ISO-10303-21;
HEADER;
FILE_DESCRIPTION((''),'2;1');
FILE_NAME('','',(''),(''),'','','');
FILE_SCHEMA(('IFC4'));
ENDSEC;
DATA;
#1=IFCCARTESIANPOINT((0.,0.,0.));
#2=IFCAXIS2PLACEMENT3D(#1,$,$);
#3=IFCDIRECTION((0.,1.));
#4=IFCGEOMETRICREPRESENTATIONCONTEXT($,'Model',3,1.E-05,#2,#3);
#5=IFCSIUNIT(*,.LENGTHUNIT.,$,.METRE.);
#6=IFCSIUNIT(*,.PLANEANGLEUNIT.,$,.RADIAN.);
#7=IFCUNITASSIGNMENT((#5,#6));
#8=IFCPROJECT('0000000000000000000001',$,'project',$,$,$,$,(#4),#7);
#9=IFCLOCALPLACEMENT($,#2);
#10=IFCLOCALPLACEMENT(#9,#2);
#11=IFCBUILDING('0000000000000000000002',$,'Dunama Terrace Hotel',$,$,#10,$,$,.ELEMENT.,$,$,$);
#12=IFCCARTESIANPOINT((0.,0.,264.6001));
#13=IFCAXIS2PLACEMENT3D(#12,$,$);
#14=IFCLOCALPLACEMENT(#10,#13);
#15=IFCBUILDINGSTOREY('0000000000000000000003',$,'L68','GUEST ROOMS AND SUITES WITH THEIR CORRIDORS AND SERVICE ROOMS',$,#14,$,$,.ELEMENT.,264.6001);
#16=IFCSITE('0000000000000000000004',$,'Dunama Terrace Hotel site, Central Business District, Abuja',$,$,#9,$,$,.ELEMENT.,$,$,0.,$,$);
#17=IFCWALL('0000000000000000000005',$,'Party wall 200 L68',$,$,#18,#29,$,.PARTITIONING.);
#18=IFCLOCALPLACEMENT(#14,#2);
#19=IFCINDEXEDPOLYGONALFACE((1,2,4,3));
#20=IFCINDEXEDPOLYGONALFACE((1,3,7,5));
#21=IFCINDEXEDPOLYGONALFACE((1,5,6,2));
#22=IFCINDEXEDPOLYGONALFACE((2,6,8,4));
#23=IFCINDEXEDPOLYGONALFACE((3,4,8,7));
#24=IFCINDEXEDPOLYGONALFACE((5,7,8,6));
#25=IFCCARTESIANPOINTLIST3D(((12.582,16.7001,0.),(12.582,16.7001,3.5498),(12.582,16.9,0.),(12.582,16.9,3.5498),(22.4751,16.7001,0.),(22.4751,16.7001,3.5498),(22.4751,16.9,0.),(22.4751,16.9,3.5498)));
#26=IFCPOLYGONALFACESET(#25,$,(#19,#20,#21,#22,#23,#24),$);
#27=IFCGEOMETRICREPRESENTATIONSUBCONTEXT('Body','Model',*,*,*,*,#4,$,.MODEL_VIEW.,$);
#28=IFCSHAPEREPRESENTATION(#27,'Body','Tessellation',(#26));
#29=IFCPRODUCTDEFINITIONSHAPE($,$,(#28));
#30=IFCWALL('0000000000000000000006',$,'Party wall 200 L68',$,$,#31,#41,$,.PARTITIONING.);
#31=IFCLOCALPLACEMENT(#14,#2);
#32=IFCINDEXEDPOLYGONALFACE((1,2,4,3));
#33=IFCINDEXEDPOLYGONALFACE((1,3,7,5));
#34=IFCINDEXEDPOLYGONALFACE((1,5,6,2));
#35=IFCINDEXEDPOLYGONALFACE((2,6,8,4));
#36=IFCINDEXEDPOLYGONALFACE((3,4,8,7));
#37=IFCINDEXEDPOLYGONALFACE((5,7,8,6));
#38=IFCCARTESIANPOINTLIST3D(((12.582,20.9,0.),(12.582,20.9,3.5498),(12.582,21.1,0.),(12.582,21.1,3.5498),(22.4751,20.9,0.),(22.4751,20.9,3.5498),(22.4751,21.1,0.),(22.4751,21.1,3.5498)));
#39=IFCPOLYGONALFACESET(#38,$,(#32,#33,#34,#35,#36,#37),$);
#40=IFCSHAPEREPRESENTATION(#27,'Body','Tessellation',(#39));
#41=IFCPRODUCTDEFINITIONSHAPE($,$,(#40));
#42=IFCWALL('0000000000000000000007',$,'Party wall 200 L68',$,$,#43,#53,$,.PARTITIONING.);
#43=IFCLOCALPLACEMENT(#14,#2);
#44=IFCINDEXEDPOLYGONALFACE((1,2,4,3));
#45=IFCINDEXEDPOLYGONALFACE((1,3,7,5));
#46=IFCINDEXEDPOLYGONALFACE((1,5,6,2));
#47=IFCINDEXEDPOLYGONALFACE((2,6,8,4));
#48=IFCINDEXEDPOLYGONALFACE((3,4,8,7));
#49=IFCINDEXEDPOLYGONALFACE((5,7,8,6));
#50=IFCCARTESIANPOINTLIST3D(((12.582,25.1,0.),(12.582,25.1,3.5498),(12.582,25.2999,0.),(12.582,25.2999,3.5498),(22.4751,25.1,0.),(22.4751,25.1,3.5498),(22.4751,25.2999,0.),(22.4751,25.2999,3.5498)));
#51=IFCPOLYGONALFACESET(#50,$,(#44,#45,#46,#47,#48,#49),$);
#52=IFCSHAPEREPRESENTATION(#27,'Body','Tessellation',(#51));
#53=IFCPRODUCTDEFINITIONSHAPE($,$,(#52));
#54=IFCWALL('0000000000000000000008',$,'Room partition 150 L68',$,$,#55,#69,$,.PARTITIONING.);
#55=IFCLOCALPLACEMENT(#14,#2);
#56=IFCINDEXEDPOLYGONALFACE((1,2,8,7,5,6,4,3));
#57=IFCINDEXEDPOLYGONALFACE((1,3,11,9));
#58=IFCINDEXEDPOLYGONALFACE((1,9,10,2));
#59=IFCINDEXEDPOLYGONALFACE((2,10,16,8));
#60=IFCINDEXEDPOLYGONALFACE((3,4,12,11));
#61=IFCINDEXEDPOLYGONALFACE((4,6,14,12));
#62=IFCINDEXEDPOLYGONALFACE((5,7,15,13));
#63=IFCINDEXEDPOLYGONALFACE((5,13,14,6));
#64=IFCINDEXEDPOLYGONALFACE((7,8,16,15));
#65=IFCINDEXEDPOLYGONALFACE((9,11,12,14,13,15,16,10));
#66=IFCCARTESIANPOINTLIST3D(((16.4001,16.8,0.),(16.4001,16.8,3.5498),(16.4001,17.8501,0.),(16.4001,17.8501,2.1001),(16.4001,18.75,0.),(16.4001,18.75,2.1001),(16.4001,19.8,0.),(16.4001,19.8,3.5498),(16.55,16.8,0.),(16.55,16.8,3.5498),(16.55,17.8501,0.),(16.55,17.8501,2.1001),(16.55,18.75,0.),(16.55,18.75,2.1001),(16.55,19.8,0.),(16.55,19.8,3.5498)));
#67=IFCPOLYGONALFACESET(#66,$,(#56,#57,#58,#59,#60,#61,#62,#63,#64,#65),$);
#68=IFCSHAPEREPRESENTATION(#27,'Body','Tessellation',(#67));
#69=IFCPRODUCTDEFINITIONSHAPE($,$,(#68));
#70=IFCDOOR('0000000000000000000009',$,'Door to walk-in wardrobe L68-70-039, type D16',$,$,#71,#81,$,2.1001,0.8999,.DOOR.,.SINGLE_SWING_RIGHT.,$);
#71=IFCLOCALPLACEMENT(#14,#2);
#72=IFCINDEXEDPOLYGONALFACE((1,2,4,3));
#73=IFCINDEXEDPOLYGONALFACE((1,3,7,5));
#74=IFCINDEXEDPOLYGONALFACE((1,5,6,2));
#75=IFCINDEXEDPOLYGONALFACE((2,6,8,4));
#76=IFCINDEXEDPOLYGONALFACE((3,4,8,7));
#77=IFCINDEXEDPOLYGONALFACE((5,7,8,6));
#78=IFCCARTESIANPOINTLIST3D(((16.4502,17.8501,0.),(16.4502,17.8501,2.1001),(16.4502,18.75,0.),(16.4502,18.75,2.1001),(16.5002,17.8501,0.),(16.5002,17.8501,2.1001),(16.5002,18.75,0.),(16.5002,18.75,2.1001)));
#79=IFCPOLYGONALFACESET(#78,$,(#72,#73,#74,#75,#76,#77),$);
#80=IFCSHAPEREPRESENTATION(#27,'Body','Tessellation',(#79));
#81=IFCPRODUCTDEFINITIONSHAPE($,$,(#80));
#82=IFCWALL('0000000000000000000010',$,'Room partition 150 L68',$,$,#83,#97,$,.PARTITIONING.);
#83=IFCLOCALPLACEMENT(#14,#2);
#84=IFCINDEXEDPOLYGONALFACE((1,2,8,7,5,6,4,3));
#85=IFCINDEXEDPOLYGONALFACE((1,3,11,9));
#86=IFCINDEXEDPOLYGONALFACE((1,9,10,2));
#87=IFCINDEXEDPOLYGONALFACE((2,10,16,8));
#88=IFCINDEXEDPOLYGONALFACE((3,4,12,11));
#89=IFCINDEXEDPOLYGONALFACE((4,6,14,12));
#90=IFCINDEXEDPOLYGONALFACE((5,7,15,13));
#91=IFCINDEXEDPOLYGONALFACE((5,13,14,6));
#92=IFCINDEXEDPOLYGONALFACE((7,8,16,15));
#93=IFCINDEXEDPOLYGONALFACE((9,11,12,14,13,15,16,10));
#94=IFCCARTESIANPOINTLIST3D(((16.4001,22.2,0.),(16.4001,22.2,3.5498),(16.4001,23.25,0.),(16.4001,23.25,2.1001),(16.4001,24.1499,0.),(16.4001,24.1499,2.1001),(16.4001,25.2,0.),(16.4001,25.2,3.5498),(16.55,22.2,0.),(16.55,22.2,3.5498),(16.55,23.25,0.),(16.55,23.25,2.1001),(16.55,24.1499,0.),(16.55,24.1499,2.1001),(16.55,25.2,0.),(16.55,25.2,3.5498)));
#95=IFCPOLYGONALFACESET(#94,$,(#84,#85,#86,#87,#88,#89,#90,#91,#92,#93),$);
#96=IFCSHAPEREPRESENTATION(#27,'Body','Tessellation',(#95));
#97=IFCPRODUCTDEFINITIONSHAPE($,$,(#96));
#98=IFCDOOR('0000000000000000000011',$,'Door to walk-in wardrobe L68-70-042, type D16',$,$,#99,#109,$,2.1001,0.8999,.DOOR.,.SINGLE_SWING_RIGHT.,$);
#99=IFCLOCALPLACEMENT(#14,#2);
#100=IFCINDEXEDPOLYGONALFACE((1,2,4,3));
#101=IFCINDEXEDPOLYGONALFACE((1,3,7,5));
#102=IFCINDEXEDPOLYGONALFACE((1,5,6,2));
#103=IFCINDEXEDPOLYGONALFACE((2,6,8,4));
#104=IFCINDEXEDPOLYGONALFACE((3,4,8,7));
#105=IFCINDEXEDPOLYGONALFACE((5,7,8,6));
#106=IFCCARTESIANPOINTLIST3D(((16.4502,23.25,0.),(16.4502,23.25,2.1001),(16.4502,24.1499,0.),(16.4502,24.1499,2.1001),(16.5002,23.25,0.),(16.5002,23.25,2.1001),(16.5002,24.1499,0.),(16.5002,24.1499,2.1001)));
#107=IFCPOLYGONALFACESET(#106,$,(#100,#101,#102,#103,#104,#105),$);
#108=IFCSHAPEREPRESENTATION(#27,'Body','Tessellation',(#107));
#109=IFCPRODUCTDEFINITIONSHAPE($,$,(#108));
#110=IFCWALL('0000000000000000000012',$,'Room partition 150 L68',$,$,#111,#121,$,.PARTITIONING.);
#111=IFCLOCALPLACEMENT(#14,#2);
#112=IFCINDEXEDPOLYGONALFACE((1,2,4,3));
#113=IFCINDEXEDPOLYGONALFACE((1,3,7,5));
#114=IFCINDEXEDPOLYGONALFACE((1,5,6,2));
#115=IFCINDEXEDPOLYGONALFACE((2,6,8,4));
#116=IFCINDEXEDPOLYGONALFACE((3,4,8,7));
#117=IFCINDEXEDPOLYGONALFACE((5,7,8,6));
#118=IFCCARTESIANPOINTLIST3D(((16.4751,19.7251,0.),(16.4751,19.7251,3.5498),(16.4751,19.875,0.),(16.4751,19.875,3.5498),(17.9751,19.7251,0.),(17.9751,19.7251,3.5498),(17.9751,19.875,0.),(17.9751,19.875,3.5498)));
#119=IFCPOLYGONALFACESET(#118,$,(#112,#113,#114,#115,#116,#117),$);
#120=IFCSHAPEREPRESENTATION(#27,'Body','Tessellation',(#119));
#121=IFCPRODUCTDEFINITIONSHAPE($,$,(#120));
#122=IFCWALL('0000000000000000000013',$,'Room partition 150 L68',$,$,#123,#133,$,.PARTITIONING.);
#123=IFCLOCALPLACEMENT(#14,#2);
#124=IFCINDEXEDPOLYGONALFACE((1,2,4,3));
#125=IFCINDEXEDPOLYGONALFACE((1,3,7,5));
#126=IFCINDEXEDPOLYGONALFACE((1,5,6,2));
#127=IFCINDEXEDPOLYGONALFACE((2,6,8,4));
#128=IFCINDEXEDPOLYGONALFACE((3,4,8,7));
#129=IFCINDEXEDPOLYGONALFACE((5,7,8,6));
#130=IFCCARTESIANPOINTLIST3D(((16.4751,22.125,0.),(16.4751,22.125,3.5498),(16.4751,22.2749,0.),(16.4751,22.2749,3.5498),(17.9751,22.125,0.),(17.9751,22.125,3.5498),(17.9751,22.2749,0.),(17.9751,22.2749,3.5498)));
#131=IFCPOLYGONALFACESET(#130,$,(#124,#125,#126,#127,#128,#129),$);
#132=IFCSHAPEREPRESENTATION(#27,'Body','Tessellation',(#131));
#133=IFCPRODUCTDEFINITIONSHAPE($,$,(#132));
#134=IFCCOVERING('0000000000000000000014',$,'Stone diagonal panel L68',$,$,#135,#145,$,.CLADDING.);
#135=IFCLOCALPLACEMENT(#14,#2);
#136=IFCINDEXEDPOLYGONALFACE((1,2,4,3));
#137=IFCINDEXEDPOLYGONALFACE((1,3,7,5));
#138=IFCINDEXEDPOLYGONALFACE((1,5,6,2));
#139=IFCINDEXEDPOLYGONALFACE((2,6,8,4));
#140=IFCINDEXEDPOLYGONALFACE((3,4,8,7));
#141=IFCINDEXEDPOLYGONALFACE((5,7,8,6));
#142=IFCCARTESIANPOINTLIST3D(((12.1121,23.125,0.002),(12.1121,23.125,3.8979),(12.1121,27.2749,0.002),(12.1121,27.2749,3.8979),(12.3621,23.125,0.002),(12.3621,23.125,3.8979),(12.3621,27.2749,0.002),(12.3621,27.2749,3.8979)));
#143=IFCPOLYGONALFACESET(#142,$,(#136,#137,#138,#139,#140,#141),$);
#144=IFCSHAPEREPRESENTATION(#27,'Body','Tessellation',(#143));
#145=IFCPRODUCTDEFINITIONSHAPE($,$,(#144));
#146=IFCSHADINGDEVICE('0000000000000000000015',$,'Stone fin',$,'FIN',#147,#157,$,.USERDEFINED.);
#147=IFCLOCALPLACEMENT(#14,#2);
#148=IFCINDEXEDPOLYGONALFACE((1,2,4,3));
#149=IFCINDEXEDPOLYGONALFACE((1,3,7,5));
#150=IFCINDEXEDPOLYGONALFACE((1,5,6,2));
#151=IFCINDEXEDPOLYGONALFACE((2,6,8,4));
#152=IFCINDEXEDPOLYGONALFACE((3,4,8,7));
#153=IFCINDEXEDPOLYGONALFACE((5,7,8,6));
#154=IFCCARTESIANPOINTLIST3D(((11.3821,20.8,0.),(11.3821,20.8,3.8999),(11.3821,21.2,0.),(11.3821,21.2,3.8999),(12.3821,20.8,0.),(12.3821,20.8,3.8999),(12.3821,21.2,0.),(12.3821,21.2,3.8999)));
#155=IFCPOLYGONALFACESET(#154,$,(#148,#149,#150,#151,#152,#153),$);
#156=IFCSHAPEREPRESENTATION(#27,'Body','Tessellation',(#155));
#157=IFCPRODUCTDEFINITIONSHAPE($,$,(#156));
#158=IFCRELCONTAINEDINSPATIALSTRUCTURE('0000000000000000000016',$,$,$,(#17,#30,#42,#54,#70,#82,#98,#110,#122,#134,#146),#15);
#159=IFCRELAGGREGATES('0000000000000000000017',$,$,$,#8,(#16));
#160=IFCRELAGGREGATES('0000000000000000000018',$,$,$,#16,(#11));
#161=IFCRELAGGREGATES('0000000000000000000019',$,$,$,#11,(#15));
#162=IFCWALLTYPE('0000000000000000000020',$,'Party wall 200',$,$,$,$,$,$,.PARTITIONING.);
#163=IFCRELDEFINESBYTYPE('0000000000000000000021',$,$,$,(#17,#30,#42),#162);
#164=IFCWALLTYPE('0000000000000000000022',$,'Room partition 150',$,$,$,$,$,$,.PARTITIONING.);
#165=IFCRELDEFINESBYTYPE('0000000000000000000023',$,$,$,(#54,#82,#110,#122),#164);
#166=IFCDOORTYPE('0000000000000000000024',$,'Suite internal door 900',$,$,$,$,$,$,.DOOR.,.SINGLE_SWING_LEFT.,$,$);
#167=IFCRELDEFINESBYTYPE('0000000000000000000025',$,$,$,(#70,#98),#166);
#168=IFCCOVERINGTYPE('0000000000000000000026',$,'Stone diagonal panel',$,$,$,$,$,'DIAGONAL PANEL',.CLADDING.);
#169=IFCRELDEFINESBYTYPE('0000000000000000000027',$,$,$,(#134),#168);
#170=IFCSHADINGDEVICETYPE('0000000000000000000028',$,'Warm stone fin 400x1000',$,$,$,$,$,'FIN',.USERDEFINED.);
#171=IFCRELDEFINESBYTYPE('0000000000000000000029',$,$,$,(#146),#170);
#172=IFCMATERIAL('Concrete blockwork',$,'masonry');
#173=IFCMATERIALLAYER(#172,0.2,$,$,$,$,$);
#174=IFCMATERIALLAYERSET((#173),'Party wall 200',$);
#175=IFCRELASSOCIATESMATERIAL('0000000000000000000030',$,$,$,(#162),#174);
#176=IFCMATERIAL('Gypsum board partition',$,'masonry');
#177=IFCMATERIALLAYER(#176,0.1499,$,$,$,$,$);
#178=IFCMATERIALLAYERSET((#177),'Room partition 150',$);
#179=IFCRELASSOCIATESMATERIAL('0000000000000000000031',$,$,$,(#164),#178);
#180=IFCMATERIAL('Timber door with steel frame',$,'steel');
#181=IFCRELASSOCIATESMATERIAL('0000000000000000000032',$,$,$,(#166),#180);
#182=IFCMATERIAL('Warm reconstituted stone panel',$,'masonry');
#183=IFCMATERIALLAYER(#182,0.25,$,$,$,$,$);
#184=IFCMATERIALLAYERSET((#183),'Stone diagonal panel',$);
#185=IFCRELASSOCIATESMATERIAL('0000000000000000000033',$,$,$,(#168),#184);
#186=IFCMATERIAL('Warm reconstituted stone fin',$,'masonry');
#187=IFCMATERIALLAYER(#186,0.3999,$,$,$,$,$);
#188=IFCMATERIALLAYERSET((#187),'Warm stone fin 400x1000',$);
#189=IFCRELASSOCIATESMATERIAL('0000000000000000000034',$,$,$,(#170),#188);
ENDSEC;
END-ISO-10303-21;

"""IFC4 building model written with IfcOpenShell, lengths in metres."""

from ifc_helpers import new_model, si_unit, direction, frame, frame_2d, origin, origin_2d, place, context, subcontext, project, spatial, rectangle, extrude, material, layer, layer_set, type_object, element, fill, save


model = new_model("IFC4")

# Units and contexts
model_context = context("Model", 3, precision=1e-05, world=origin(), true_north=direction((0.0, 1.0)))
body_context = subcontext(model_context, "Body", "Model", "MODEL_VIEW")
ifc_project = project(units=[si_unit("LENGTHUNIT", "METRE"), si_unit("PLANEANGLEUNIT", "RADIAN")], contexts=[model_context])

# Site, building, storey
site_placement = place(None, origin())
site = spatial("IfcSite", under=ifc_project, at=site_placement, Name="Dunama Terrace Hotel site, Central Business District, Abuja", CompositionType="ELEMENT", RefElevation=0.0)
building_placement = place(site_placement, origin())
building = spatial("IfcBuilding", under=site, at=building_placement, Name="Dunama Terrace Hotel", CompositionType="ELEMENT")
storey_placement = place(building_placement, frame((0.0, 0.0, 264.6001)))
storey = spatial("IfcBuildingStorey", under=building, at=storey_placement, Name="L68", Description="GUEST ROOMS AND SUITES WITH THEIR CORRIDORS AND SERVICE ROOMS", CompositionType="ELEMENT", Elevation=264.6001)

# Walls
ifc_material_1 = material(Name="Concrete blockwork", Category="masonry")
ifc_layer_1 = layer(ifc_material_1, 0.2)
ifc_layer_set_1 = layer_set([ifc_layer_1], Name="Party wall 200")
wall_type_1 = type_object("IfcWallType", Name="Party wall 200", PredefinedType="PARTITIONING", material=ifc_layer_set_1)
for number, where, z_axis, x_axis, name in (
    (1, (12.582, 16.8, 0.0), (0.0, 0.0, 1.0), (1.0, 0.0, 0.0), "Party wall 200 L68"),
    (2, (12.582, 21.0, 0.0), (0.0, 0.0, 1.0), (1.0, 0.0, 0.0), "Party wall 200 L68"),
    (3, (12.582, 25.2, 0.0), (0.0, 0.0, 1.0), (1.0, 0.0, 0.0), "Party wall 200 L68"),
):
    element("IfcWall", number, at=place(storey_placement, frame(where, z_axis=z_axis, x_axis=x_axis)), inside=storey, type_object=wall_type_1, Name=name, PredefinedType="PARTITIONING", context=body_context, shape_type="SweptSolid", body=[
        extrude(rectangle(XDim=9.8931, YDim=0.2, at=frame_2d((4.9465, 0.0))), origin(), (0.0, 0.0, 1.0), 3.5498),
    ])

# Walls, openings, doors
ifc_material_2 = material(Name="Gypsum board partition", Category="masonry")
ifc_layer_2 = layer(ifc_material_2, 0.1499)
ifc_layer_set_2 = layer_set([ifc_layer_2], Name="Room partition 150")
wall_type_2 = type_object("IfcWallType", Name="Room partition 150", PredefinedType="PARTITIONING", material=ifc_layer_set_2)
wall_1_placement = place(storey_placement, frame((16.4751, 16.8, 0.0), z_axis=(0.0, 0.0, 1.0), x_axis=(0.0, 1.0, 0.0)))
wall_1 = element("IfcWall", 4, at=wall_1_placement, inside=storey, type_object=wall_type_2, Name="Room partition 150 L68", PredefinedType="PARTITIONING", context=body_context, shape_type="SweptSolid", body=[
    extrude(rectangle(XDim=3.0, YDim=0.1499, at=frame_2d((1.5, 0.0))), origin(), (0.0, 0.0, 1.0), 3.5498),
])
opening_1_placement = place(wall_1_placement, frame((1.05, 0.0, 0.0)))
opening_1 = element("IfcOpeningElement", 5, at=opening_1_placement, cuts=wall_1, PredefinedType="OPENING", context=body_context, shape_type="SweptSolid", body=[
    extrude(rectangle(XDim=0.8999, YDim=2.1001, at=frame_2d((0.45, 1.05))), frame((0.0, 0.085, 0.0), z_axis=(0.0, -1.0, 0.0), x_axis=(1.0, 0.0, 0.0)), (0.0, 0.0, 1.0), 0.1699),
])
ifc_material_3 = material(Name="Timber door with steel frame", Category="steel")
door_type = type_object("IfcDoorType", Name="Suite internal door 900", OperationType="SINGLE_SWING_LEFT", PredefinedType="DOOR", material=ifc_material_3)
door_1_placement = place(opening_1_placement, frame((0.8999, 0.0, 0.0), z_axis=(0.0, 0.0, 1.0), x_axis=(-1.0, 0.0, 0.0)))
door_1 = element("IfcDoor", 6, at=door_1_placement, inside=storey, type_object=door_type, Name="Door to walk-in wardrobe L68-70-039, type D16", OperationType="SINGLE_SWING_RIGHT", OverallHeight=2.1001, OverallWidth=0.8999, PredefinedType="DOOR", context=body_context, shape_type="SweptSolid", body=[
    extrude(rectangle(XDim=0.8999, YDim=2.1001, at=frame_2d((0.45, 1.05))), frame((0.0, 0.0251, 0.0), z_axis=(0.0, -1.0, 0.0), x_axis=(1.0, 0.0, 0.0)), (0.0, 0.0, 1.0), 0.05),
])
fill(opening_1, door_1)
wall_2_placement = place(storey_placement, frame((16.4751, 22.2, 0.0), z_axis=(0.0, 0.0, 1.0), x_axis=(0.0, 1.0, 0.0)))
wall_2 = element("IfcWall", 7, at=wall_2_placement, inside=storey, type_object=wall_type_2, Name="Room partition 150 L68", PredefinedType="PARTITIONING", context=body_context, shape_type="SweptSolid", body=[
    extrude(rectangle(XDim=3.0, YDim=0.1499, at=frame_2d((1.5, 0.0))), origin(), (0.0, 0.0, 1.0), 3.5498),
])
opening_2_placement = place(wall_2_placement, frame((1.05, 0.0, 0.0)))
opening_2 = element("IfcOpeningElement", 8, at=opening_2_placement, cuts=wall_2, PredefinedType="OPENING", context=body_context, shape_type="SweptSolid", body=[
    extrude(rectangle(XDim=0.8999, YDim=2.1001, at=frame_2d((0.45, 1.05))), frame((0.0, 0.085, 0.0), z_axis=(0.0, -1.0, 0.0), x_axis=(1.0, 0.0, 0.0)), (0.0, 0.0, 1.0), 0.1699),
])
door_2_placement = place(opening_2_placement, frame((0.8999, 0.0, 0.0), z_axis=(0.0, 0.0, 1.0), x_axis=(-1.0, 0.0, 0.0)))
door_2 = element("IfcDoor", 9, at=door_2_placement, inside=storey, type_object=door_type, Name="Door to walk-in wardrobe L68-70-042, type D16", OperationType="SINGLE_SWING_RIGHT", OverallHeight=2.1001, OverallWidth=0.8999, PredefinedType="DOOR", context=body_context, shape_type="SweptSolid", body=[
    extrude(rectangle(XDim=0.8999, YDim=2.1001, at=frame_2d((0.45, 1.05))), frame((0.0, 0.0251, 0.0), z_axis=(0.0, -1.0, 0.0), x_axis=(1.0, 0.0, 0.0)), (0.0, 0.0, 1.0), 0.05),
])
fill(opening_2, door_2)

# Walls
for number, where, z_axis, x_axis, name in (
    (10, (16.4751, 19.8, 0.0), (0.0, 0.0, 1.0), (1.0, 0.0, 0.0), "Room partition 150 L68"),
    (11, (16.4751, 22.2, 0.0), (0.0, 0.0, 1.0), (1.0, 0.0, 0.0), "Room partition 150 L68"),
):
    element("IfcWall", number, at=place(storey_placement, frame(where, z_axis=z_axis, x_axis=x_axis)), inside=storey, type_object=wall_type_2, Name=name, PredefinedType="PARTITIONING", context=body_context, shape_type="SweptSolid", body=[
        extrude(rectangle(XDim=1.5, YDim=0.1499, at=frame_2d((0.75, 0.0))), origin(), (0.0, 0.0, 1.0), 3.5498),
    ])

# Covering
ifc_material_4 = material(Name="Warm reconstituted stone panel", Category="masonry")
ifc_layer_3 = layer(ifc_material_4, 0.25)
ifc_layer_set_3 = layer_set([ifc_layer_3], Name="Stone diagonal panel")
covering_type = type_object("IfcCoveringType", Name="Stone diagonal panel", ElementType="DIAGONAL PANEL", PredefinedType="CLADDING", material=ifc_layer_set_3)
covering_placement = place(storey_placement, frame((12.2371, 25.2, 0.002), z_axis=(0.0, 0.0, 1.0), x_axis=(0.0, -1.0, 0.0)))
element("IfcCovering", 12, at=covering_placement, inside=storey, type_object=covering_type, Name="Stone diagonal panel L68", PredefinedType="CLADDING", context=body_context, shape_type="SweptSolid", body=[
    extrude(rectangle(XDim=4.1499, YDim=0.25, at=origin_2d()), origin(), (0.0, 0.0, 1.0), 3.896),
])

# Shading device
ifc_material_5 = material(Name="Warm reconstituted stone fin", Category="masonry")
ifc_layer_4 = layer(ifc_material_5, 0.3999)
ifc_layer_set_4 = layer_set([ifc_layer_4], Name="Warm stone fin 400x1000")
shading_device_type = type_object("IfcShadingDeviceType", Name="Warm stone fin 400x1000", ElementType="FIN", PredefinedType="USERDEFINED", material=ifc_layer_set_4)
shading_device_placement = place(storey_placement, frame((11.8821, 21.0, 0.0), z_axis=(0.0, 0.0, 1.0), x_axis=(0.0, -1.0, 0.0)))
element("IfcShadingDevice", 13, at=shading_device_placement, inside=storey, type_object=shading_device_type, Name="Stone fin", ObjectType="FIN", PredefinedType="USERDEFINED", context=body_context, shape_type="SweptSolid", body=[
    extrude(rectangle(XDim=0.3999, YDim=1.0, at=origin_2d()), origin(), (0.0, 0.0, 1.0), 3.8999),
])

save(model, "model.ifc")
